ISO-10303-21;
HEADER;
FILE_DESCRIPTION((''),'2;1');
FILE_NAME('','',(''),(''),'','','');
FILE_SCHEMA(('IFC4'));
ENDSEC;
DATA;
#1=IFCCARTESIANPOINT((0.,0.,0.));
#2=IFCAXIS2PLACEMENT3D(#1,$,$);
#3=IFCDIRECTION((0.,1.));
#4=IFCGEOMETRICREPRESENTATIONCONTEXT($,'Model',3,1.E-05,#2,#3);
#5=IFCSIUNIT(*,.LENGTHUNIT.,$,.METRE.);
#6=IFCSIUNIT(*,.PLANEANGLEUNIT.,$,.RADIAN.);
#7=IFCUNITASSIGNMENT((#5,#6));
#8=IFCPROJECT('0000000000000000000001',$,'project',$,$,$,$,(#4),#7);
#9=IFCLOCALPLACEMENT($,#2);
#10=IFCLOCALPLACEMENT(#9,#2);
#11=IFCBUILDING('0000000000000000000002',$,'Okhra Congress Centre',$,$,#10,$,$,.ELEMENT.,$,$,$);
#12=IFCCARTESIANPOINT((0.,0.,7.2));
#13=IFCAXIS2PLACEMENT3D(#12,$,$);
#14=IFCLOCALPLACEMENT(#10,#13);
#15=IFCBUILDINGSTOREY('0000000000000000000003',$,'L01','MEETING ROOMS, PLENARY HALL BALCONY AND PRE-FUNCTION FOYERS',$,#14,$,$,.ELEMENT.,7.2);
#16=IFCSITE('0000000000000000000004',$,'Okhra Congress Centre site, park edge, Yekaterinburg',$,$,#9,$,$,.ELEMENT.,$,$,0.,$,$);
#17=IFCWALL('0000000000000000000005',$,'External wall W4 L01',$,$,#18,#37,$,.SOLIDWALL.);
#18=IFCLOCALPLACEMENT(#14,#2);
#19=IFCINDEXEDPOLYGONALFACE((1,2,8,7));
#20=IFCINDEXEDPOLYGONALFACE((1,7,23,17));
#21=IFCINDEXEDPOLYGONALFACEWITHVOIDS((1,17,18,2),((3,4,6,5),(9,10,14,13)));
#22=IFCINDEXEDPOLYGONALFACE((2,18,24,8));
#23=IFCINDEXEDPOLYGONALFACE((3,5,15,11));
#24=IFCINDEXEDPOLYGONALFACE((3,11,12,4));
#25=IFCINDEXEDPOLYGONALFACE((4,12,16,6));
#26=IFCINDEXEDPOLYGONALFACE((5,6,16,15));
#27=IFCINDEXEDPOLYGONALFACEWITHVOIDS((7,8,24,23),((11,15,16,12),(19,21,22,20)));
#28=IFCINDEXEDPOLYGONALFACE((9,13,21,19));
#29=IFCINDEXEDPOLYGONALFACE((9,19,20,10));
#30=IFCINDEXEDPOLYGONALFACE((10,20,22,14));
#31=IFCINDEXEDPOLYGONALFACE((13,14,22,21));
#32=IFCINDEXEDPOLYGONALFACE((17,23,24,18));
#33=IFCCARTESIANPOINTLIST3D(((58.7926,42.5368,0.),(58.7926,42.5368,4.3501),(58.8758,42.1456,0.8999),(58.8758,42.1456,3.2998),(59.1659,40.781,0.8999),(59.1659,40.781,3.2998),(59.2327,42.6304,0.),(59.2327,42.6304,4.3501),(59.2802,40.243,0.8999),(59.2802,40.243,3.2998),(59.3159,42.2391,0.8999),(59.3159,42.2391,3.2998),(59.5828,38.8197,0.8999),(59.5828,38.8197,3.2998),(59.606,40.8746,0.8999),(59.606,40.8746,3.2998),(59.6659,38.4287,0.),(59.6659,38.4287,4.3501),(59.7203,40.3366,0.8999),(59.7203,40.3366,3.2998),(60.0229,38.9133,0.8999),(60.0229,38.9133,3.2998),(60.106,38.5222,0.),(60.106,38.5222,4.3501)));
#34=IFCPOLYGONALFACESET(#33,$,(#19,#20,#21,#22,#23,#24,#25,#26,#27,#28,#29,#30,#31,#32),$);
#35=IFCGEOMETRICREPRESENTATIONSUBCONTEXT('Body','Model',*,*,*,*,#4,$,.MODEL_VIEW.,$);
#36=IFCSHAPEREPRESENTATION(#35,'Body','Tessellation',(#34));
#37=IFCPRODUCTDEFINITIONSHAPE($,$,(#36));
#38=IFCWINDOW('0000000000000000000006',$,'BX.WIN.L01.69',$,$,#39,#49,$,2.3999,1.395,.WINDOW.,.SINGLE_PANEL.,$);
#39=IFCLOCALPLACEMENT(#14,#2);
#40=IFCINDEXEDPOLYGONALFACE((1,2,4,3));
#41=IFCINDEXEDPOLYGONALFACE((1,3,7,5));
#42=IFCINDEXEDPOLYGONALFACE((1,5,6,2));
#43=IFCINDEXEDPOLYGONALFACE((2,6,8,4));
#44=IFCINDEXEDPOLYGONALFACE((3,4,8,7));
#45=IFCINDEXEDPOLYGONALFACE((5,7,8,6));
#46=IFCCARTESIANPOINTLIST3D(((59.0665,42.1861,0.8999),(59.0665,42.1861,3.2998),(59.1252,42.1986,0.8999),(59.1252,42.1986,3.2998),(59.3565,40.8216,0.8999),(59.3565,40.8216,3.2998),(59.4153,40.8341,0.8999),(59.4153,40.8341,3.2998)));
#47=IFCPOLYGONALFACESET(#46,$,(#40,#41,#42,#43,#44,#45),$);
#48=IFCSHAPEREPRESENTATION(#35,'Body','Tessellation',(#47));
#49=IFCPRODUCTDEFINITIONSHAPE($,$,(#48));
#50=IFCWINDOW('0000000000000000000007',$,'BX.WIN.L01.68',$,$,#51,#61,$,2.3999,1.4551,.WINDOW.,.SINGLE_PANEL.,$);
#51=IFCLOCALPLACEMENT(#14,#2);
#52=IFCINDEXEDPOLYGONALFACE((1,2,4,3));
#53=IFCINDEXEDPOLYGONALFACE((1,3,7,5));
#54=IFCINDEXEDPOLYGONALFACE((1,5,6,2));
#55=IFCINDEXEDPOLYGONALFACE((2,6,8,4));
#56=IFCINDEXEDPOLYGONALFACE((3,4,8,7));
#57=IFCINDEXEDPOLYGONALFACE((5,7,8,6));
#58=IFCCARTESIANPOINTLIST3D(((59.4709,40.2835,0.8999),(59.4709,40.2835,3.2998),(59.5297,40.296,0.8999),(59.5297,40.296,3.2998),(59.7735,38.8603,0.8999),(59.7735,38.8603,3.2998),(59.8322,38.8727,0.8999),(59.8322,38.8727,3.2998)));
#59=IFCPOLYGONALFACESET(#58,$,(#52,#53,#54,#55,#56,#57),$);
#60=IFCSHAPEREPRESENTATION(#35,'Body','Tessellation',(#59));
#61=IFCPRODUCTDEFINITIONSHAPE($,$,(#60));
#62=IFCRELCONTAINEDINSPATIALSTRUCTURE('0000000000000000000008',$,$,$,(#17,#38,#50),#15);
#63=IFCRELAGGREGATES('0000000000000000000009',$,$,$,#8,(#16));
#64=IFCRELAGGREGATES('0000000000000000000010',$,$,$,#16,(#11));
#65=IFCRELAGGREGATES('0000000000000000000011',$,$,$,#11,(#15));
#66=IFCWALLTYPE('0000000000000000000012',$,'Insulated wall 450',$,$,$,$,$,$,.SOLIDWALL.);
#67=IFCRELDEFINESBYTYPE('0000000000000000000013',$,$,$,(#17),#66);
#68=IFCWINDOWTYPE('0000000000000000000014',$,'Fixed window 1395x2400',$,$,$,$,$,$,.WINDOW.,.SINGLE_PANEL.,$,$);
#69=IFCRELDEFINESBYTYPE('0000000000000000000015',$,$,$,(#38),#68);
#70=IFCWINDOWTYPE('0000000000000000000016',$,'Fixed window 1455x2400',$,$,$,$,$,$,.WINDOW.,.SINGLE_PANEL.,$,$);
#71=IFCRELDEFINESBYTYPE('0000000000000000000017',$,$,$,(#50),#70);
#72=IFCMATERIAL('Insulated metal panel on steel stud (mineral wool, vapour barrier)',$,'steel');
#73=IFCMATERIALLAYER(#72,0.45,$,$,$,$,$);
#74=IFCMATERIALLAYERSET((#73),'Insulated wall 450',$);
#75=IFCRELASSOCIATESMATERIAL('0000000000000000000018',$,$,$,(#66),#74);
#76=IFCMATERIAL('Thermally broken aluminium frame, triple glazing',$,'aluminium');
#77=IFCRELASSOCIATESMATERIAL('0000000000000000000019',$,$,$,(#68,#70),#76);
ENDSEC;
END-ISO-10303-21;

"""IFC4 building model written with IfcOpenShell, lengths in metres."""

from ifc_helpers import new_model, si_unit, direction, frame, frame_2d, origin, place, context, subcontext, project, spatial, rectangle, extrude, material, layer, layer_set, type_object, element, fill, save


model = new_model("IFC4")

# Units and contexts
model_context = context("Model", 3, precision=1e-05, world=origin(), true_north=direction((0.0, 1.0)))
body_context = subcontext(model_context, "Body", "Model", "MODEL_VIEW")
ifc_project = project(units=[si_unit("LENGTHUNIT", "METRE"), si_unit("PLANEANGLEUNIT", "RADIAN")], contexts=[model_context])

# Site, building, storey
site_placement = place(None, origin())
site = spatial("IfcSite", under=ifc_project, at=site_placement, Name="Okhra Congress Centre site, park edge, Yekaterinburg", CompositionType="ELEMENT", RefElevation=0.0)
building_placement = place(site_placement, origin())
building = spatial("IfcBuilding", under=site, at=building_placement, Name="Okhra Congress Centre", CompositionType="ELEMENT")
storey_placement = place(building_placement, frame((0.0, 0.0, 7.2)))
storey = spatial("IfcBuildingStorey", under=building, at=storey_placement, Name="L01", Description="MEETING ROOMS, PLENARY HALL BALCONY AND PRE-FUNCTION FOYERS", CompositionType="ELEMENT", Elevation=7.2)

# Wall, openings, windows
ifc_material_1 = material(Name="Insulated metal panel on steel stud (mineral wool, vapour barrier)", Category="steel")
ifc_layer_1 = layer(ifc_material_1, 0.45)
ifc_layer_set_1 = layer_set([ifc_layer_1], Name="Insulated wall 450")
wall_type_1 = type_object("IfcWallType", Name="Insulated wall 450", PredefinedType="SOLIDWALL", material=ifc_layer_set_1)
wall_1_placement = place(storey_placement, frame((59.886, 38.4753, 0.0), z_axis=(0.0, 0.0, 1.0), x_axis=(-0.207929, 0.978144, 0.0)))
wall_1 = element("IfcWall", 1, at=wall_1_placement, inside=storey, type_object=wall_type_1, Name="External wall W4 L01", PredefinedType="SOLIDWALL", context=body_context, shape_type="SweptSolid", body=[
    extrude(rectangle(XDim=4.2, YDim=0.45, at=frame_2d((2.1001, 0.0))), origin(), (0.0, 0.0, 1.0), 4.3501),
])
opening_1_placement = place(wall_1_placement, frame((0.3999, 0.0, 0.8999)))
opening_1 = element("IfcOpeningElement", 2, at=opening_1_placement, cuts=wall_1, PredefinedType="OPENING", context=body_context, shape_type="SweptSolid", body=[
    extrude(rectangle(XDim=1.4551, YDim=2.3999, at=frame_2d((0.7275, 1.2))), frame((0.0, 0.2349, 0.0), z_axis=(0.0, -1.0, 0.0), x_axis=(1.0, 0.0, 0.0)), (0.0, 0.0, 1.0), 0.47),
])
opening_2_placement = place(wall_1_placement, frame((2.405, 0.0, 0.8999)))
opening_2 = element("IfcOpeningElement", 3, at=opening_2_placement, cuts=wall_1, PredefinedType="OPENING", context=body_context, shape_type="SweptSolid", body=[
    extrude(rectangle(XDim=1.395, YDim=2.3999, at=frame_2d((0.6975, 1.2))), frame((0.0, 0.2349, 0.0), z_axis=(0.0, -1.0, 0.0), x_axis=(1.0, 0.0, 0.0)), (0.0, 0.0, 1.0), 0.47),
])
ifc_material_2 = material(Name="Thermally broken aluminium frame, triple glazing", Category="aluminium")
window_type_1 = type_object("IfcWindowType", Name="Fixed window 1395x2400", PartitioningType="SINGLE_PANEL", PredefinedType="WINDOW", material=ifc_material_2)
window_1_placement = place(opening_2_placement, origin())
window_1 = element("IfcWindow", 4, at=window_1_placement, inside=storey, type_object=window_type_1, Name="BX.WIN.L01.69", OverallHeight=2.3999, OverallWidth=1.395, PartitioningType="SINGLE_PANEL", PredefinedType="WINDOW", context=body_context, shape_type="SweptSolid", body=[
    extrude(rectangle(XDim=1.395, YDim=2.3999, at=frame_2d((0.6975, 1.2))), frame((0.0, 0.03, 0.0), z_axis=(0.0, -1.0, 0.0), x_axis=(1.0, 0.0, 0.0)), (0.0, 0.0, 1.0), 0.0601),
])
fill(opening_2, window_1)
window_type_2 = type_object("IfcWindowType", Name="Fixed window 1455x2400", PartitioningType="SINGLE_PANEL", PredefinedType="WINDOW", material=ifc_material_2)
window_2_placement = place(opening_1_placement, origin())
window_2 = element("IfcWindow", 5, at=window_2_placement, inside=storey, type_object=window_type_2, Name="BX.WIN.L01.68", OverallHeight=2.3999, OverallWidth=1.4551, PartitioningType="SINGLE_PANEL", PredefinedType="WINDOW", context=body_context, shape_type="SweptSolid", body=[
    extrude(rectangle(XDim=1.4551, YDim=2.3999, at=frame_2d((0.7275, 1.2))), frame((0.0, 0.03, 0.0), z_axis=(0.0, -1.0, 0.0), x_axis=(1.0, 0.0, 0.0)), (0.0, 0.0, 1.0), 0.0601),
])
fill(opening_1, window_2)

save(model, "model.ifc")
